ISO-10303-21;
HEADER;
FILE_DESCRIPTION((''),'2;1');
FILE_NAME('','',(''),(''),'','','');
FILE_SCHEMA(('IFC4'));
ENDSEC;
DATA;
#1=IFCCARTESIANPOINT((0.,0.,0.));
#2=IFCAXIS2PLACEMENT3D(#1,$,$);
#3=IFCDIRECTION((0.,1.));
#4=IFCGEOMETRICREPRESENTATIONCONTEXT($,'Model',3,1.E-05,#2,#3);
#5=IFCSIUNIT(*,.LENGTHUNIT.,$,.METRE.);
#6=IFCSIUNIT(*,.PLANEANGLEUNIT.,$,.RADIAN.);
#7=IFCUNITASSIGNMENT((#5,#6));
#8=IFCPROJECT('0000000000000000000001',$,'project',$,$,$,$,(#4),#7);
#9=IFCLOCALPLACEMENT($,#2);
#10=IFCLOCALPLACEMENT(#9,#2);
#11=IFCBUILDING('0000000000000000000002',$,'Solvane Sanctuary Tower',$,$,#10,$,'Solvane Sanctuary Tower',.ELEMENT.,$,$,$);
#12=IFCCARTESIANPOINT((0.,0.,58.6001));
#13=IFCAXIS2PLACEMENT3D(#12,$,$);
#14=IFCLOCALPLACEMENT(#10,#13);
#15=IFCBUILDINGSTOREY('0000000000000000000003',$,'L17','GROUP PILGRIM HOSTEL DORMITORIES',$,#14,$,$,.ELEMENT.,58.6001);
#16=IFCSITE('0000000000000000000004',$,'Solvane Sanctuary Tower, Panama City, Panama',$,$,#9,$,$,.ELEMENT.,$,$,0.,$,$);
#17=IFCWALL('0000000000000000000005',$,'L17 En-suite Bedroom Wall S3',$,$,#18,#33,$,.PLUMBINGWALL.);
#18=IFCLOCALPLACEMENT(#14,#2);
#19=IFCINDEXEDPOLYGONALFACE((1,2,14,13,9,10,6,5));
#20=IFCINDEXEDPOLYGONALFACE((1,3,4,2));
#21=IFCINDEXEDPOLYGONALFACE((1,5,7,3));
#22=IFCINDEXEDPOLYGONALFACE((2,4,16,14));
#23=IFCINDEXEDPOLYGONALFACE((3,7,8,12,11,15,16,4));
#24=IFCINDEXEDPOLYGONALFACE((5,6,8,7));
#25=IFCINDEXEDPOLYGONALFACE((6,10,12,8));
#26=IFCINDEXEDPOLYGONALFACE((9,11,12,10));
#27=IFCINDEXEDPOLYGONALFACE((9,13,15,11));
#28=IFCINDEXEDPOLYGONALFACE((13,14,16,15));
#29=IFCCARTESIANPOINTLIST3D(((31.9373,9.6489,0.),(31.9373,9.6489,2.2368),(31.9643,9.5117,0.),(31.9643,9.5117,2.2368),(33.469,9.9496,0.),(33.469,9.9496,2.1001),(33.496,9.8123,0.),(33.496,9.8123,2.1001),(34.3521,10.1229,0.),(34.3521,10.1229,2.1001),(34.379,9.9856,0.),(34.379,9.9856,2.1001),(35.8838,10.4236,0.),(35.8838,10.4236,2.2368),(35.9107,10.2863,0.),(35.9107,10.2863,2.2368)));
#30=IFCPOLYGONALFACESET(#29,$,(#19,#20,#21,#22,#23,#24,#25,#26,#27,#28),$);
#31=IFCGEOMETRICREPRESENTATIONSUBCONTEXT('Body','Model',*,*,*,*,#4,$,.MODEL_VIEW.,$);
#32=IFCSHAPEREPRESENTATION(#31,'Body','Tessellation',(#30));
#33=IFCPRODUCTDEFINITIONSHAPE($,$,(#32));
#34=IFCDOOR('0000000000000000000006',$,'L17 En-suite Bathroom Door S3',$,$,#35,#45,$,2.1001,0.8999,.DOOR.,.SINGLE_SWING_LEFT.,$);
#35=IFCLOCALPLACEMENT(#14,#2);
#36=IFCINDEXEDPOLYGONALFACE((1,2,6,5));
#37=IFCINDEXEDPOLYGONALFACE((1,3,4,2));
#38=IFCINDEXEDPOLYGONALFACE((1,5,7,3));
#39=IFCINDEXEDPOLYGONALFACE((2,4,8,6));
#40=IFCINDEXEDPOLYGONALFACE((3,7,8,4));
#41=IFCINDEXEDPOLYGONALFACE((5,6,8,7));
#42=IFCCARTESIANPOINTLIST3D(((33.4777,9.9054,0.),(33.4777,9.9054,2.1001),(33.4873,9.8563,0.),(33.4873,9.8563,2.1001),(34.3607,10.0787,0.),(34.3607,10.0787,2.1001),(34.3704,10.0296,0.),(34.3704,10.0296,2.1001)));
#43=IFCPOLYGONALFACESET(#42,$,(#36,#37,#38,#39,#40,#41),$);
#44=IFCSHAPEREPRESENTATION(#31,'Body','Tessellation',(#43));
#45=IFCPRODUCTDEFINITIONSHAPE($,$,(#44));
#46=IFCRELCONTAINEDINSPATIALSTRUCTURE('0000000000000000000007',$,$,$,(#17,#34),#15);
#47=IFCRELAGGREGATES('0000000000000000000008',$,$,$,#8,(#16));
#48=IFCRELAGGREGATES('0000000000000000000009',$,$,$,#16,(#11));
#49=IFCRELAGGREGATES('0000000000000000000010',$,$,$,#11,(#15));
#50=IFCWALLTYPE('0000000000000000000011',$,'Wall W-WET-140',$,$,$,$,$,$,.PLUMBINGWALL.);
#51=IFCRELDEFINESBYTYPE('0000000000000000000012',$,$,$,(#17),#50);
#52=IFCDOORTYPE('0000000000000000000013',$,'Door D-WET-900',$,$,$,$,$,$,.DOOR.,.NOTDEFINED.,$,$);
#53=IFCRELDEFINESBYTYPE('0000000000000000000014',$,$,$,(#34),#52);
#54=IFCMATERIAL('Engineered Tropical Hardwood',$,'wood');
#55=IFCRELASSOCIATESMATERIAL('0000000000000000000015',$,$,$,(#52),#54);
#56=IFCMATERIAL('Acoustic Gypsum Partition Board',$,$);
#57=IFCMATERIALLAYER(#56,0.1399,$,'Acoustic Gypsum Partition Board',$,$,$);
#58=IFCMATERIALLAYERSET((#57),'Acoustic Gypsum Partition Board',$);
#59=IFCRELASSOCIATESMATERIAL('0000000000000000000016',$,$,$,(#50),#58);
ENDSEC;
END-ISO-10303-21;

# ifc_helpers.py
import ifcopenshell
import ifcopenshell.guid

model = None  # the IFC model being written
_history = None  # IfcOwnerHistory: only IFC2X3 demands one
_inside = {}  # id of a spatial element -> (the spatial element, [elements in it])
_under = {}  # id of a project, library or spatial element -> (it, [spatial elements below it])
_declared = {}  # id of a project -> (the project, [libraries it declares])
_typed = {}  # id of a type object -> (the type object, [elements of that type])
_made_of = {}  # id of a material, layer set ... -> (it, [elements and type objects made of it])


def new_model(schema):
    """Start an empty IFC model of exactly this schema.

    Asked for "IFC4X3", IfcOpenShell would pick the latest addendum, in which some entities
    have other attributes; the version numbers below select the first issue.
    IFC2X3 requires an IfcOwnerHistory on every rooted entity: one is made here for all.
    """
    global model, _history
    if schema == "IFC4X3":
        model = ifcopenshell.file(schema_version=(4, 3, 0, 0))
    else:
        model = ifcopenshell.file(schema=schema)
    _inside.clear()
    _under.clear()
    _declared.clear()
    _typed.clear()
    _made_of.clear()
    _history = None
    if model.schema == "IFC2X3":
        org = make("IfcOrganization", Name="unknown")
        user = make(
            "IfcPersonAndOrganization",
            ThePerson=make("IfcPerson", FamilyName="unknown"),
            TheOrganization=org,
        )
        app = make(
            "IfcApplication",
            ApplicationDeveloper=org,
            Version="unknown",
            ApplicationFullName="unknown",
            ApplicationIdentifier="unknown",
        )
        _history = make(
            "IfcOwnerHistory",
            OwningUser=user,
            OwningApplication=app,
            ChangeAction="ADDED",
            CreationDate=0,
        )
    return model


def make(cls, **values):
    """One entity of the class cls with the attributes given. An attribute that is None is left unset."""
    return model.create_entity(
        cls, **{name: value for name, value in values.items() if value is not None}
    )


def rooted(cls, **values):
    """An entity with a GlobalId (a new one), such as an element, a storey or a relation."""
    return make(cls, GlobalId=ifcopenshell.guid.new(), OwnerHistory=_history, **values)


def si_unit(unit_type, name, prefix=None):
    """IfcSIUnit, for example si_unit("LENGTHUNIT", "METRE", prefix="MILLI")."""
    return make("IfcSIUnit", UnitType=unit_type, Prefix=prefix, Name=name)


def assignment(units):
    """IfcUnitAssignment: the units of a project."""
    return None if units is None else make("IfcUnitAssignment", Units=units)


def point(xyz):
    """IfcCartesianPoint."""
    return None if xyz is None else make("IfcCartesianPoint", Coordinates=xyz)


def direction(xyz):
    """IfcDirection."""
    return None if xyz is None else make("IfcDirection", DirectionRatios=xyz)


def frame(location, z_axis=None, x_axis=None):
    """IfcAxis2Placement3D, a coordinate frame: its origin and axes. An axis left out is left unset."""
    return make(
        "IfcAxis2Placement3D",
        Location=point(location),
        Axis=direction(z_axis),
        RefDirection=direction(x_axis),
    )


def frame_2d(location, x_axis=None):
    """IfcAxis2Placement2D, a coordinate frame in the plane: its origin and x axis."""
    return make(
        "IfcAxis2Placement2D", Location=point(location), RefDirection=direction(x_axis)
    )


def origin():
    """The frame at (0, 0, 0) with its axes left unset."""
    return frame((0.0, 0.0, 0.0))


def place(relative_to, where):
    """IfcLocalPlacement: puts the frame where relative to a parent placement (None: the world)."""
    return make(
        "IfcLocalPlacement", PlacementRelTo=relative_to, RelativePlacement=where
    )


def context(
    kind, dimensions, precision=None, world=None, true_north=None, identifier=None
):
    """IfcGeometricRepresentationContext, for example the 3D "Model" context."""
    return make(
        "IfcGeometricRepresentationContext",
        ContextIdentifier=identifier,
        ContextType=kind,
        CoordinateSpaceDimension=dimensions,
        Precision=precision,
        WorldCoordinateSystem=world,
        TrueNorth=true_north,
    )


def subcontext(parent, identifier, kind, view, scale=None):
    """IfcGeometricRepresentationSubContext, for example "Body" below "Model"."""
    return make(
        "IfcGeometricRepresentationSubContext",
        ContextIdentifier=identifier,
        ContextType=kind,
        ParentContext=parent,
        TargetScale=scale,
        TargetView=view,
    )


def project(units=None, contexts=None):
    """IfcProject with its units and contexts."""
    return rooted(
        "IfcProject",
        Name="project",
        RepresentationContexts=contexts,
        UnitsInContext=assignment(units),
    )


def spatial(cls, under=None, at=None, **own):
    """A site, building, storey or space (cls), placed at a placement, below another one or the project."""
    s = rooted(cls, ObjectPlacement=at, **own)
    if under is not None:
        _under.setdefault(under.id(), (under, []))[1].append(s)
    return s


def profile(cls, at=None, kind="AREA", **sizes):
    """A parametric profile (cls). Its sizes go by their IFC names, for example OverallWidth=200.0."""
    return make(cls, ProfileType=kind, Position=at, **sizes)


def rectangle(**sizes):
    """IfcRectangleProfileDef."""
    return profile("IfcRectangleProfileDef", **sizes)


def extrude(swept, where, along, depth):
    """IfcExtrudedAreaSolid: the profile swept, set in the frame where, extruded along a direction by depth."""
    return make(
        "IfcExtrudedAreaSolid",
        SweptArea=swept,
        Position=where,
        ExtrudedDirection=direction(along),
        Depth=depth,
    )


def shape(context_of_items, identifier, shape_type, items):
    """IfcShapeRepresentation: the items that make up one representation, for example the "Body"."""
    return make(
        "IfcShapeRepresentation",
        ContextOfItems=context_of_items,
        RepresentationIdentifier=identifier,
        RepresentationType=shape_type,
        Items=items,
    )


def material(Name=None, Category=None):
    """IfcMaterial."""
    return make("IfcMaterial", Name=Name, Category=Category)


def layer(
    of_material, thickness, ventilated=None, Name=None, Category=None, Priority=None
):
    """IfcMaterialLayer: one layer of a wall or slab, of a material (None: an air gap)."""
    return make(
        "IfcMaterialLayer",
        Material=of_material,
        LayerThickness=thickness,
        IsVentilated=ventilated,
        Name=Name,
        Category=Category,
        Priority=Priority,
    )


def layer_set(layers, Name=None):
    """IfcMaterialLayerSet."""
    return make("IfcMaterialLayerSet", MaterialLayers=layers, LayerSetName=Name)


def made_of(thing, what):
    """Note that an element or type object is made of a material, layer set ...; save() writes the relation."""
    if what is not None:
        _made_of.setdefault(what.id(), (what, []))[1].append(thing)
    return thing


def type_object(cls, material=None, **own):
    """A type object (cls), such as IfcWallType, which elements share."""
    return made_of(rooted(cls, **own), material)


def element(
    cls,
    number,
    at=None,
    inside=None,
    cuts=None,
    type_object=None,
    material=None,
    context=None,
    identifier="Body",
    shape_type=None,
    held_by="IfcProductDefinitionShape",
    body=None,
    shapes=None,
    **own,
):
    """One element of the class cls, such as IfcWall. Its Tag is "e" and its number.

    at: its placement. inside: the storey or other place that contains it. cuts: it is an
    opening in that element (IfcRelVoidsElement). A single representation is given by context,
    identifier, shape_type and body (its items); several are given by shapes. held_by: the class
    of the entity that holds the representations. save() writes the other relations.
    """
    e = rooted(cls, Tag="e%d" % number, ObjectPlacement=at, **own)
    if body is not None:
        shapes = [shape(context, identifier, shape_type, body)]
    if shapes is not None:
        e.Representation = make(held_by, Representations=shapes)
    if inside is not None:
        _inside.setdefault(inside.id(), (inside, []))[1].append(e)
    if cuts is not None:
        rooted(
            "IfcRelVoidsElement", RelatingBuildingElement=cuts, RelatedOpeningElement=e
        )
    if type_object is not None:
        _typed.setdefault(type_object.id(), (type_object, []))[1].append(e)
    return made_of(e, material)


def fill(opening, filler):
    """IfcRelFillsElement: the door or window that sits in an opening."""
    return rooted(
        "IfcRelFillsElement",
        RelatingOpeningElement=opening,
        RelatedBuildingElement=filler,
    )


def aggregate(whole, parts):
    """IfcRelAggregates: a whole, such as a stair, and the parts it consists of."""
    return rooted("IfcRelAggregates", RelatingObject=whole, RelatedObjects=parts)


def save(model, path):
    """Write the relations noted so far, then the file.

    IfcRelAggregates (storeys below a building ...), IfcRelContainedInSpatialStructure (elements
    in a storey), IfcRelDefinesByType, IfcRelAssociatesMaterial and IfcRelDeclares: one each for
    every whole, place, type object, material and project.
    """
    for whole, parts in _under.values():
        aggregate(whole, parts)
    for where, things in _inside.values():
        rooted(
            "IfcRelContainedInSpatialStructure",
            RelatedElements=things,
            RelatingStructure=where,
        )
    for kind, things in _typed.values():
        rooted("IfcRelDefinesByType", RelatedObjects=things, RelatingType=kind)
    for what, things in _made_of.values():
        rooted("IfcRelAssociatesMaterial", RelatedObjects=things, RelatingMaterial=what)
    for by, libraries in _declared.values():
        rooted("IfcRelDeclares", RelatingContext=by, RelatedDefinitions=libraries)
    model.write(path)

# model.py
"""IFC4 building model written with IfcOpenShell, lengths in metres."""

from ifc_helpers import new_model, si_unit, direction, frame, frame_2d, origin, place, context, subcontext, project, spatial, rectangle, extrude, material, layer, layer_set, type_object, element, fill, save


model = new_model("IFC4")

# Units and contexts
model_context = context("Model", 3, precision=1e-05, world=origin(), true_north=direction((0.0, 1.0)))
body_context = subcontext(model_context, "Body", "Model", "MODEL_VIEW")
ifc_project = project(units=[si_unit("LENGTHUNIT", "METRE"), si_unit("PLANEANGLEUNIT", "RADIAN")], contexts=[model_context])

# Site, building, storey
site_placement = place(None, origin())
site = spatial("IfcSite", under=ifc_project, at=site_placement, Name="Solvane Sanctuary Tower, Panama City, Panama", CompositionType="ELEMENT", RefElevation=0.0)
building_placement = place(site_placement, origin())
building = spatial("IfcBuilding", under=site, at=building_placement, Name="Solvane Sanctuary Tower", LongName="Solvane Sanctuary Tower", CompositionType="ELEMENT")
storey_placement = place(building_placement, frame((0.0, 0.0, 58.6001)))
storey = spatial("IfcBuildingStorey", under=building, at=storey_placement, Name="L17", Description="GROUP PILGRIM HOSTEL DORMITORIES", CompositionType="ELEMENT", Elevation=58.6001)

# Shared definitions
ifc_material_1 = material(Name="Acoustic Gypsum Partition Board")

# Shared definitions
ifc_material_2 = material(Name="Engineered Tropical Hardwood", Category="wood")
door_type_1 = type_object("IfcDoorType", Name="Door D-WET-900", OperationType="NOTDEFINED", PredefinedType="DOOR", material=ifc_material_2)

# Shared definitions
ifc_layer_1 = layer(ifc_material_1, 0.1399, Name="Acoustic Gypsum Partition Board")
ifc_layer_set_1 = layer_set([ifc_layer_1], Name="Acoustic Gypsum Partition Board")
wall_type_1 = type_object("IfcWallType", Name="Wall W-WET-140", PredefinedType="PLUMBINGWALL", material=ifc_layer_set_1)

# Wall, opening, door
wall_1_placement = place(storey_placement, frame((31.9509, 9.5803, 0.0), z_axis=(0.0, 0.0, 1.0), x_axis=(0.981275, 0.192613, 0.0)))
wall_1 = element("IfcWall", 1, at=wall_1_placement, inside=storey, type_object=wall_type_1, Name="L17 En-suite Bedroom Wall S3", PredefinedType="PLUMBINGWALL", context=body_context, shape_type="SweptSolid", body=[
    extrude(rectangle(XDim=4.0217, YDim=0.1399, at=frame_2d((2.0107, 0.0))), origin(), (0.0, 0.0, 1.0), 2.2368),
])
opening_1_placement = place(wall_1_placement, frame((1.5608, 0.0, 0.0)))
opening_1 = element("IfcOpeningElement", 2, at=opening_1_placement, cuts=wall_1, PredefinedType="OPENING", context=body_context, shape_type="SweptSolid", body=[
    extrude(rectangle(XDim=0.8999, YDim=2.1001, at=frame_2d((0.45, 1.05))), frame((0.0, 0.0798, 0.0), z_axis=(0.0, -1.0, 0.0), x_axis=(1.0, 0.0, 0.0)), (0.0, 0.0, 1.0), 0.1599),
])
door_1_placement = place(opening_1_placement, origin())
door_1 = element("IfcDoor", 3, at=door_1_placement, inside=storey, type_object=door_type_1, Name="L17 En-suite Bathroom Door S3", OperationType="SINGLE_SWING_LEFT", OverallHeight=2.1001, OverallWidth=0.8999, PredefinedType="DOOR", context=body_context, shape_type="SweptSolid", body=[
    extrude(rectangle(XDim=0.8999, YDim=2.1001, at=frame_2d((0.45, 1.05))), frame((0.0, 0.0249, 0.0), z_axis=(0.0, -1.0, 0.0), x_axis=(1.0, 0.0, 0.0)), (0.0, 0.0, 1.0), 0.05),
])
fill(opening_1, door_1)

save(model, "model.ifc")
